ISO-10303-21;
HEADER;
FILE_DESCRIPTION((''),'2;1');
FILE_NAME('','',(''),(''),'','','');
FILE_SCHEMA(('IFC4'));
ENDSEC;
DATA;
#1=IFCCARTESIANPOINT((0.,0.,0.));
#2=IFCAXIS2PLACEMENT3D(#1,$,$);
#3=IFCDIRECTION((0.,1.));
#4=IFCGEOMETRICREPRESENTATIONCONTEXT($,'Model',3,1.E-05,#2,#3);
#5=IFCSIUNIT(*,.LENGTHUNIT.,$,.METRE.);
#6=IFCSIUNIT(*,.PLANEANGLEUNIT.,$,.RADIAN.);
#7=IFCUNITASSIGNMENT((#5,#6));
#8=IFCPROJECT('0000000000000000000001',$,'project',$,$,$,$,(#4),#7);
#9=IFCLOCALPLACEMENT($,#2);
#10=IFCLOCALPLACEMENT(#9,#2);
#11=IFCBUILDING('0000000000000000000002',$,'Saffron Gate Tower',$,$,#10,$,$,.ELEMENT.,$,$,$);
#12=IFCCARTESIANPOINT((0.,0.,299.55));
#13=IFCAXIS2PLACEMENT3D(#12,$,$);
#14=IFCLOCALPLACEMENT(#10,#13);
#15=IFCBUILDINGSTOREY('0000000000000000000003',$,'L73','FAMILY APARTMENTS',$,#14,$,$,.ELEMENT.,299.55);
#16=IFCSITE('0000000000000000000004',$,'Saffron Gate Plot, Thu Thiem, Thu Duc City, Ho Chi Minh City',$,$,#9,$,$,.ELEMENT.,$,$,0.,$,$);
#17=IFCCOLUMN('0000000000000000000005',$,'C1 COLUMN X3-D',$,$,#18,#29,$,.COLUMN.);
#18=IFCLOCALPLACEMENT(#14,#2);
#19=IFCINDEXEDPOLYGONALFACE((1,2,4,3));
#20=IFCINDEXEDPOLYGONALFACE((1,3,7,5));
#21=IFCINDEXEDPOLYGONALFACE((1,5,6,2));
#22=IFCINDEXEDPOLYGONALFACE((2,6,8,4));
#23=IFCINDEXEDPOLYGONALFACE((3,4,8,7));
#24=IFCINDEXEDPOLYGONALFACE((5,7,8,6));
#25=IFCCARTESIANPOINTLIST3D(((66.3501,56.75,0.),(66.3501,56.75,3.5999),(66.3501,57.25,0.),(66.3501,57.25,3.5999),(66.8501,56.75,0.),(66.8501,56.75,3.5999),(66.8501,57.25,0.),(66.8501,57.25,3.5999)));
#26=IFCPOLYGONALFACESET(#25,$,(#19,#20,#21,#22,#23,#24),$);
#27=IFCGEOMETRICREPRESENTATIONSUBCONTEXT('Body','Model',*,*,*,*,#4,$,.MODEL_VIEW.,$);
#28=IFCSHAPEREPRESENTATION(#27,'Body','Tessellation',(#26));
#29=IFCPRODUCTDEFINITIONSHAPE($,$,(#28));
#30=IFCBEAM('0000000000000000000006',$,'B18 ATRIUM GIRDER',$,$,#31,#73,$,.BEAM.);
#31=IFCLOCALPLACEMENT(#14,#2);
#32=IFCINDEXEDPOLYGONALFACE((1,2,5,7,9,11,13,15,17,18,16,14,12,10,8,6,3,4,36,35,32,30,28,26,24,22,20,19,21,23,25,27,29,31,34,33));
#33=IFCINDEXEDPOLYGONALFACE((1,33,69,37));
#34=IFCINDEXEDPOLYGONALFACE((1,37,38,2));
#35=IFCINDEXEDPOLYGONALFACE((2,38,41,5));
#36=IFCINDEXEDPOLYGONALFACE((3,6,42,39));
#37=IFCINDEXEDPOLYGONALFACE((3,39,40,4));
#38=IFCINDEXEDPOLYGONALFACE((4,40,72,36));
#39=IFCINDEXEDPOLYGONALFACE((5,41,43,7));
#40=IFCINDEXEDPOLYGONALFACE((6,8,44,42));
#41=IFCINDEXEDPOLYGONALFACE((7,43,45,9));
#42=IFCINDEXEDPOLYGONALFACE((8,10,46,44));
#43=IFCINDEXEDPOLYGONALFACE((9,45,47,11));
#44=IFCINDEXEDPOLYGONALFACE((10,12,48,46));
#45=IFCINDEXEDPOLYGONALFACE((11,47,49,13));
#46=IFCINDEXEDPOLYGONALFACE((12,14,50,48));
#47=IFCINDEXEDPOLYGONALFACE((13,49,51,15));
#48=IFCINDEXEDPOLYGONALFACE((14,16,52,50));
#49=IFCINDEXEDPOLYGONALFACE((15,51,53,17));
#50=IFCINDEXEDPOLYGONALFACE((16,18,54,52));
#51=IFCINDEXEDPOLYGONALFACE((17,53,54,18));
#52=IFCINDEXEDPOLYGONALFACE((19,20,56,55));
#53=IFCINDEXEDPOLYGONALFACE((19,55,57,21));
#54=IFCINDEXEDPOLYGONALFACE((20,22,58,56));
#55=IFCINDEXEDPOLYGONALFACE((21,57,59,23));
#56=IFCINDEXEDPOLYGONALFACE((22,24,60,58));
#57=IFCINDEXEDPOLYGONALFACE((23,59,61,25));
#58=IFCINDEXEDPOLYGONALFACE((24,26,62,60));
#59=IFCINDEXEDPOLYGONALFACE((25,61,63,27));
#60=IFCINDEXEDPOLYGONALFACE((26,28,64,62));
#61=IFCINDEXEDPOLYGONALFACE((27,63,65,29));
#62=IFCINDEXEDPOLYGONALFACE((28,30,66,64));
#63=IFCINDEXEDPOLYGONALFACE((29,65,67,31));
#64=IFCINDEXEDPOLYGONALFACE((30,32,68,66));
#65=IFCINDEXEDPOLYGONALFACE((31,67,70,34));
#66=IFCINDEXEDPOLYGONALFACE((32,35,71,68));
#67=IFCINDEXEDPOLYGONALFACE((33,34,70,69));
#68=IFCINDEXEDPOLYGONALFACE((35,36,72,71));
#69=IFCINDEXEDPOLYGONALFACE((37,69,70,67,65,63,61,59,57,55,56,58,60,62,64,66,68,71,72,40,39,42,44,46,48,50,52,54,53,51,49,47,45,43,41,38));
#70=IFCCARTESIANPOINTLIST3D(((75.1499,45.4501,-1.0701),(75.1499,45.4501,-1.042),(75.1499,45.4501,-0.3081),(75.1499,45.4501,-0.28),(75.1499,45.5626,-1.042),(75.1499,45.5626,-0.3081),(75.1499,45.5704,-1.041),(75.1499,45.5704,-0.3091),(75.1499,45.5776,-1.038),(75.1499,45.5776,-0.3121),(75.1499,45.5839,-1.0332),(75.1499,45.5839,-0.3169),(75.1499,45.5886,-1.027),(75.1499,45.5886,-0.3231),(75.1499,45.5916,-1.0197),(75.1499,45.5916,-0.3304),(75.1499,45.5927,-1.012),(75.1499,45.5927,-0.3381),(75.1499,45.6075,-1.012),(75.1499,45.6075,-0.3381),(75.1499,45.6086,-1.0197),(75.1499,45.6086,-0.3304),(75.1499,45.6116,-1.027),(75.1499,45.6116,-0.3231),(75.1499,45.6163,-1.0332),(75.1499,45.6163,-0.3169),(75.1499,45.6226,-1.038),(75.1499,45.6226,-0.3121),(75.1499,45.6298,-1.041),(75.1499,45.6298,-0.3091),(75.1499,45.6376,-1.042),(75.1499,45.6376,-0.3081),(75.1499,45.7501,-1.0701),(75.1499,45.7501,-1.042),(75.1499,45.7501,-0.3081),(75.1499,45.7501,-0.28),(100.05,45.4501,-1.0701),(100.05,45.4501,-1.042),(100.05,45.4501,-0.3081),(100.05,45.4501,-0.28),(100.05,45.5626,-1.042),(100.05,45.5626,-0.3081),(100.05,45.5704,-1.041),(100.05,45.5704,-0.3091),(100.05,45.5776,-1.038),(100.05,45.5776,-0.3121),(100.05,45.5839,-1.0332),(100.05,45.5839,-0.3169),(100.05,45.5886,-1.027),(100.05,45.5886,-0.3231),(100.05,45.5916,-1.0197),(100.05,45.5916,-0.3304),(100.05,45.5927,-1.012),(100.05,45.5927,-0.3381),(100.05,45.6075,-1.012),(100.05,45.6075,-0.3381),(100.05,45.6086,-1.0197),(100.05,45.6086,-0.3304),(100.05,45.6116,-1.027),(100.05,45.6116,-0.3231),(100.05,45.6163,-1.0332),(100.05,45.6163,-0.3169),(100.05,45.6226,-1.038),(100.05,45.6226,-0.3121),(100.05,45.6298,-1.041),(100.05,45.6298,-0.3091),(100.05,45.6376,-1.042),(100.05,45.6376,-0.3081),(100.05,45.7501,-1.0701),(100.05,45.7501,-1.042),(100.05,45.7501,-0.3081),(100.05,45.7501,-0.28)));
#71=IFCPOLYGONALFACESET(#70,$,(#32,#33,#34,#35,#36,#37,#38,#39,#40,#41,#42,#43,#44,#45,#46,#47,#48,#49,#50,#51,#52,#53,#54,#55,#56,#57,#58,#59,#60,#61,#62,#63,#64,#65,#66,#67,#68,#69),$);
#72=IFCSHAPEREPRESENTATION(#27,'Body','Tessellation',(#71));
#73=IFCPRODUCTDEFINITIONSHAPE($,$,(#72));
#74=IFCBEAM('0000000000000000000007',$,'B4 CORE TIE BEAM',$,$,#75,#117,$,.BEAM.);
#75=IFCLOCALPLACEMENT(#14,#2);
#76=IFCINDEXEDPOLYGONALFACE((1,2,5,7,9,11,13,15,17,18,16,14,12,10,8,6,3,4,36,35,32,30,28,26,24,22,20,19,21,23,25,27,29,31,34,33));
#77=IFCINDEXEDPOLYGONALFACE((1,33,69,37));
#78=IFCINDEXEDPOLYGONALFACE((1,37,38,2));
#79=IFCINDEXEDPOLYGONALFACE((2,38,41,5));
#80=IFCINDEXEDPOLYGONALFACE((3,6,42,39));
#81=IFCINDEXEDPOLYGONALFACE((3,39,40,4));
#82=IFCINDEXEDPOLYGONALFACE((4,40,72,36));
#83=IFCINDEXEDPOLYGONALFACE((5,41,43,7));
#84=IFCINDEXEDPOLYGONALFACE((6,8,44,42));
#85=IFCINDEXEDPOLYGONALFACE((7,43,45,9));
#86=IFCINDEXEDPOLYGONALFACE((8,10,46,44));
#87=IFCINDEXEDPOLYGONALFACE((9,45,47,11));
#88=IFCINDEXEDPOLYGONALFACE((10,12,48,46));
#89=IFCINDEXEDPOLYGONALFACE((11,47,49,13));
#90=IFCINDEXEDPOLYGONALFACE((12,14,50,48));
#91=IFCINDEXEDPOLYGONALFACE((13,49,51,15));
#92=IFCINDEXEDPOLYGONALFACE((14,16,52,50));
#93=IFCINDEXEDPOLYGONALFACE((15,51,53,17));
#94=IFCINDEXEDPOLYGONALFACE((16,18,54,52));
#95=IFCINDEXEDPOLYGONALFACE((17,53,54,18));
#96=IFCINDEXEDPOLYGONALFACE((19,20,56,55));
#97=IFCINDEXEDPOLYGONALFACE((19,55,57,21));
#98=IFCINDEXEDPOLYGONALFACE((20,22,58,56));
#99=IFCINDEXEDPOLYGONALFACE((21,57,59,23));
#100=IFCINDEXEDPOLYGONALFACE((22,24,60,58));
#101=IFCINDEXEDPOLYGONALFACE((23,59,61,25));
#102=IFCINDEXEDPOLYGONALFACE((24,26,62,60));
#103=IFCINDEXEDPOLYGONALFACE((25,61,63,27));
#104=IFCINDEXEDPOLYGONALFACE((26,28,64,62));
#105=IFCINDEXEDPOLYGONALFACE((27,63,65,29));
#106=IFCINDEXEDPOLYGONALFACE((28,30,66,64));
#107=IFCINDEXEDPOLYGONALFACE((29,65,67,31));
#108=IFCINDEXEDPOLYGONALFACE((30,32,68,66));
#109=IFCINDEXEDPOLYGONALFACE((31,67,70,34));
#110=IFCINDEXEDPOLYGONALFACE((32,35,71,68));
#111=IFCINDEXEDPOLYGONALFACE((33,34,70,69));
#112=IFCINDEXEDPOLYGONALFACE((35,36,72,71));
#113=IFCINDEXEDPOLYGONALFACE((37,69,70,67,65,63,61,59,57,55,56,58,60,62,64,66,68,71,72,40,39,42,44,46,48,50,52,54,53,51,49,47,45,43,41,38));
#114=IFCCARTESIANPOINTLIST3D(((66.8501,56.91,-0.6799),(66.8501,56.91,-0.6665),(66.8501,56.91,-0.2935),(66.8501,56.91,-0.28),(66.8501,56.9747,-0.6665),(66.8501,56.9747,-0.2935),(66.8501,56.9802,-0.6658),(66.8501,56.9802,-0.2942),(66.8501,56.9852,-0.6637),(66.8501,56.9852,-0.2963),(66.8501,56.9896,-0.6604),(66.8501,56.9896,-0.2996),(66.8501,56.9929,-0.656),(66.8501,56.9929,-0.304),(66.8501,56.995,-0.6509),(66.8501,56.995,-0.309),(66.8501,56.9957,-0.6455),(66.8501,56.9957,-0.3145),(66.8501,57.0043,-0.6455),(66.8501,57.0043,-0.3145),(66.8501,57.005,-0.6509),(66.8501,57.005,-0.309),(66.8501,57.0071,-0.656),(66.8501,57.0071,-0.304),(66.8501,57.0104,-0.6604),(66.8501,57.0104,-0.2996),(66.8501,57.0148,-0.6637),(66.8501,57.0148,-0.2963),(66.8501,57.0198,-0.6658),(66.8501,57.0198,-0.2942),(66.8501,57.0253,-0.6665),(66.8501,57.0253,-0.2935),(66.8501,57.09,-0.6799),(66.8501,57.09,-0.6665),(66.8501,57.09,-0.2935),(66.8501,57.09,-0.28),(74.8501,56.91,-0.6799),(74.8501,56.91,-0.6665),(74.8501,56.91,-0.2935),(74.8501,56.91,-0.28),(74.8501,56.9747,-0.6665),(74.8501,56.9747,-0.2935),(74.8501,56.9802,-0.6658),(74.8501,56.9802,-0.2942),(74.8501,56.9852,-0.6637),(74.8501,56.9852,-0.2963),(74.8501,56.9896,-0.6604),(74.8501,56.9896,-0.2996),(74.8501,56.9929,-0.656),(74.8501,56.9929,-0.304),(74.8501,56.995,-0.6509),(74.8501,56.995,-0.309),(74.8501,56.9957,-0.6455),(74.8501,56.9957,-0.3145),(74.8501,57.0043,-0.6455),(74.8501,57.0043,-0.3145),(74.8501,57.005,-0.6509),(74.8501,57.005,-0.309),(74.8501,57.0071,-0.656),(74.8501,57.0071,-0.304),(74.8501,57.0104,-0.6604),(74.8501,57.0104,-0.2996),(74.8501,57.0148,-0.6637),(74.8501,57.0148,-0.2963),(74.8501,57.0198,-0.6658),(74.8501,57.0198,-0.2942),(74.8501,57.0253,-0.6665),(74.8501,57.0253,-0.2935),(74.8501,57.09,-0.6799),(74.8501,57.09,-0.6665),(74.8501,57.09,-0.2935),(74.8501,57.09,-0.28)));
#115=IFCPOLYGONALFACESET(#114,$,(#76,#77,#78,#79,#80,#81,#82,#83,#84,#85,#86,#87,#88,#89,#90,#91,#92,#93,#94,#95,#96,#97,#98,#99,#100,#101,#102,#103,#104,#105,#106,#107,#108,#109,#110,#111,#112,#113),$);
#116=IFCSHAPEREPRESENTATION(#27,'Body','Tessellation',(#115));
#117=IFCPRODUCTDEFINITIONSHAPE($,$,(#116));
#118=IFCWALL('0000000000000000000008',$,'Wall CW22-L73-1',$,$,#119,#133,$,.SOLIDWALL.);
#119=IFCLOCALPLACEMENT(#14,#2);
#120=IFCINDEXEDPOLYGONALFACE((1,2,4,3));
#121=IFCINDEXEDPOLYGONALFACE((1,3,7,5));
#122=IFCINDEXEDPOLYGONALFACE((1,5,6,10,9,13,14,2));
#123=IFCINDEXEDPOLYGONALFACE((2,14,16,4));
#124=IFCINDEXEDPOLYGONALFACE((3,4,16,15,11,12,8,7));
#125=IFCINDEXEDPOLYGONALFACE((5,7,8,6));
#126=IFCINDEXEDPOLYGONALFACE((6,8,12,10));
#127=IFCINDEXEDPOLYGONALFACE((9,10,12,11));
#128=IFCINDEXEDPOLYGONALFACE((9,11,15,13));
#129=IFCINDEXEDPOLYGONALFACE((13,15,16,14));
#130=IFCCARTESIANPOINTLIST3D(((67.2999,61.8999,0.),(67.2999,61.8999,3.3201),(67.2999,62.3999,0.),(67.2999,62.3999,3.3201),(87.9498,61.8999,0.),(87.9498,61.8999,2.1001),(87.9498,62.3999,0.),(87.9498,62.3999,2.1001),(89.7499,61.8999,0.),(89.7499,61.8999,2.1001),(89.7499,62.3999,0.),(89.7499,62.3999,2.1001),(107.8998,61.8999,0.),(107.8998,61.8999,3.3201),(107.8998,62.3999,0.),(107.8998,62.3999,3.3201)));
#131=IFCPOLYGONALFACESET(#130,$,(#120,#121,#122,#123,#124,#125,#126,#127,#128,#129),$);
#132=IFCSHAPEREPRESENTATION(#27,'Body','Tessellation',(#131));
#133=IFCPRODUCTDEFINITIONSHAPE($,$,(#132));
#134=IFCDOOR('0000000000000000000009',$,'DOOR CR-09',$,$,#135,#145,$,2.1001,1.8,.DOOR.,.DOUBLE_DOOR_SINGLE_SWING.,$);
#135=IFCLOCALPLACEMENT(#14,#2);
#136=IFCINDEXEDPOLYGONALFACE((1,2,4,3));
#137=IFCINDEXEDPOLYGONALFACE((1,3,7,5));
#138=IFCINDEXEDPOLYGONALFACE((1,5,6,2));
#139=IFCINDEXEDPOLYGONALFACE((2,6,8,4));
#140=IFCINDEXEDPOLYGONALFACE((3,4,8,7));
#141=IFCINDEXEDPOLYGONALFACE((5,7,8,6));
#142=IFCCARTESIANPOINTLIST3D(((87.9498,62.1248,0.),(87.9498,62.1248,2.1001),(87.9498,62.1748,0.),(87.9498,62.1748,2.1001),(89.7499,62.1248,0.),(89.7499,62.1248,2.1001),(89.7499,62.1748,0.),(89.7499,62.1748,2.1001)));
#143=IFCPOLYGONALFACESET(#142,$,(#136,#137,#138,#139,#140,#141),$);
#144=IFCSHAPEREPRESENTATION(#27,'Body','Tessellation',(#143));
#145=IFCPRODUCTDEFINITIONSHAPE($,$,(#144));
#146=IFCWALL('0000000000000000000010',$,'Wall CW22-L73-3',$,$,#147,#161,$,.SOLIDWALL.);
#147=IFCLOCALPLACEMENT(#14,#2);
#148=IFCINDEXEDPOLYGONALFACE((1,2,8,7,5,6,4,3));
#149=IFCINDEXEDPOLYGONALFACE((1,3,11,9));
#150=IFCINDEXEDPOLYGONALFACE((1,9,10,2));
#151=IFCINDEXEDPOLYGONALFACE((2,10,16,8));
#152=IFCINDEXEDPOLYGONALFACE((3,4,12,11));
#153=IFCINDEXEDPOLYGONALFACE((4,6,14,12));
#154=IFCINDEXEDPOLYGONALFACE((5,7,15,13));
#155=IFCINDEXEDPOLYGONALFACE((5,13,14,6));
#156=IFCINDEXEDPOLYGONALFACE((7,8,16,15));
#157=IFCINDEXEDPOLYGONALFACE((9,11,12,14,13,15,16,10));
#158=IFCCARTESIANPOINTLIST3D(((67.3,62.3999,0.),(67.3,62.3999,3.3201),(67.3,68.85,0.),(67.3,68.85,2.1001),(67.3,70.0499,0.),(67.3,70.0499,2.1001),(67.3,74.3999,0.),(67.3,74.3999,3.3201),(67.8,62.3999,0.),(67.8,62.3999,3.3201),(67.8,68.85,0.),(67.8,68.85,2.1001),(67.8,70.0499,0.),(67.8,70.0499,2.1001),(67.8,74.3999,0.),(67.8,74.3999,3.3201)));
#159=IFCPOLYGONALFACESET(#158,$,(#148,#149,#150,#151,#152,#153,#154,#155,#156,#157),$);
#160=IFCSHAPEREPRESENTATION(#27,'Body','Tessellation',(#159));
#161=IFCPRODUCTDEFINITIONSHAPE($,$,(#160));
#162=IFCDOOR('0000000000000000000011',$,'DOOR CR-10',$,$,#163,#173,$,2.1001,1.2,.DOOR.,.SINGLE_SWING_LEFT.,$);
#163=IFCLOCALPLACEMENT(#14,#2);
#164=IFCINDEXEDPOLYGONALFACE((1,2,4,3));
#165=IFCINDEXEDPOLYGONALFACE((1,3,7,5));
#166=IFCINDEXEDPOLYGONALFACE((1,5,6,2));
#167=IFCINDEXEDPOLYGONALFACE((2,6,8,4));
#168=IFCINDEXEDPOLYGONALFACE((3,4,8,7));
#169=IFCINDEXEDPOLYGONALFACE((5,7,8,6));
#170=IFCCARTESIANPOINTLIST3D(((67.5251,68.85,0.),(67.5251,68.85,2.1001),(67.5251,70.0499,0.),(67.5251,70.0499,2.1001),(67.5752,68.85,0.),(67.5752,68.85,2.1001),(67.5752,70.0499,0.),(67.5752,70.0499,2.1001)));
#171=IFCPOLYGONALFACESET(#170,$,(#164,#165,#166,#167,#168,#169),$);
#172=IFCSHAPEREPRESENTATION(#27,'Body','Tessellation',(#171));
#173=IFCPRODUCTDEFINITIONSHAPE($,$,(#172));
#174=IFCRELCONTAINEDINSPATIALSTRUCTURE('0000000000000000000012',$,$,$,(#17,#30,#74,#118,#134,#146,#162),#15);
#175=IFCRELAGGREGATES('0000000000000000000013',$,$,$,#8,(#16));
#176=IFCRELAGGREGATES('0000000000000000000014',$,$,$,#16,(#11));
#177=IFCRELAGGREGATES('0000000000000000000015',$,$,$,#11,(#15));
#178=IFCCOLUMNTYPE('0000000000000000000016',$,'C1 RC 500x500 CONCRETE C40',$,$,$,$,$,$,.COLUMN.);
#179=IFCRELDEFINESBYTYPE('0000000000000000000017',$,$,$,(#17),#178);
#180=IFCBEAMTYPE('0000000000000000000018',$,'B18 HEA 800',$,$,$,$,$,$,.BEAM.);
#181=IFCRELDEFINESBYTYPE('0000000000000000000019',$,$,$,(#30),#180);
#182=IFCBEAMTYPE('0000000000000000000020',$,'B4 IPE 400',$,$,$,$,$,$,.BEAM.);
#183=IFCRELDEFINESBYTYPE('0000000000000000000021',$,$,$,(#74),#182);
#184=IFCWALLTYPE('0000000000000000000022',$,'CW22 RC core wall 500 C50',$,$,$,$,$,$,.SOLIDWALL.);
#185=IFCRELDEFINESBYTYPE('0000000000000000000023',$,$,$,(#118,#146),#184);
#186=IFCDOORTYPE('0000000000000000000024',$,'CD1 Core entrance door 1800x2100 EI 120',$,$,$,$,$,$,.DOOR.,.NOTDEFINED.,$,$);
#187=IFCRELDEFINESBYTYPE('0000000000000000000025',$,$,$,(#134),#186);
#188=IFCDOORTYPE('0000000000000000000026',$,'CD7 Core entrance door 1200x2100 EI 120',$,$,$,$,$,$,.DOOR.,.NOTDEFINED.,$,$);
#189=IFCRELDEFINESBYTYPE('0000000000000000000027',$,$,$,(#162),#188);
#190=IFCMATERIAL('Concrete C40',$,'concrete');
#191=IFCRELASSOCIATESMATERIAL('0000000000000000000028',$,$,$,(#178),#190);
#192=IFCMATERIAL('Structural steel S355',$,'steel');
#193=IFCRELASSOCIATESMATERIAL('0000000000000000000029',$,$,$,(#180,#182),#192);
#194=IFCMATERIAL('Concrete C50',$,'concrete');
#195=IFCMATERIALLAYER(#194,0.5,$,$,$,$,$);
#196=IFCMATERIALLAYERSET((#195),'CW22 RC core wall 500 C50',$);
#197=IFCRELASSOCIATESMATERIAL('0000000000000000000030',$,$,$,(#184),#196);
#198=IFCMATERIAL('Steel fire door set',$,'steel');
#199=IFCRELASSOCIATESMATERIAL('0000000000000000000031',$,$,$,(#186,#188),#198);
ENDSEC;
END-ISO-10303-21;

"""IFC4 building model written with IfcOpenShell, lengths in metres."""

from ifc_helpers import new_model, si_unit, direction, frame, frame_2d, origin, origin_2d, place, context, subcontext, project, spatial, rectangle, i_section, extrude, material, layer, layer_set, material_profile, profile_set, type_object, element, fill, save


model = new_model("IFC4")

# Units and contexts
model_context = context("Model", 3, precision=1e-05, world=origin(), true_north=direction((0.0, 1.0)))
body_context = subcontext(model_context, "Body", "Model", "MODEL_VIEW")
ifc_project = project(units=[si_unit("LENGTHUNIT", "METRE"), si_unit("PLANEANGLEUNIT", "RADIAN")], contexts=[model_context])

# Site, building, storey
site_placement = place(None, origin())
site = spatial("IfcSite", under=ifc_project, at=site_placement, Name="Saffron Gate Plot, Thu Thiem, Thu Duc City, Ho Chi Minh City", CompositionType="ELEMENT", RefElevation=0.0)
building_placement = place(site_placement, origin())
building = spatial("IfcBuilding", under=site, at=building_placement, Name="Saffron Gate Tower", CompositionType="ELEMENT")
storey_placement = place(building_placement, frame((0.0, 0.0, 299.55)))
storey = spatial("IfcBuildingStorey", under=building, at=storey_placement, Name="L73", Description="FAMILY APARTMENTS", CompositionType="ELEMENT", Elevation=299.55)

# Column
ifc_material_1 = material(Name="Concrete C40", Category="concrete")
ifc_material_profile_1 = material_profile(ifc_material_1, rectangle(XDim=0.5, YDim=0.5, at=origin_2d()))
ifc_profile_set_1 = profile_set([ifc_material_profile_1], Name="Concrete C40")
column_type = type_object("IfcColumnType", Name="C1 RC 500x500 CONCRETE C40", PredefinedType="COLUMN", material=ifc_profile_set_1)
column_placement = place(storey_placement, frame((66.6001, 57.0, 0.0), z_axis=(0.0, 0.0, 1.0), x_axis=(1.0, 0.0, 0.0)))
element("IfcColumn", 1, at=column_placement, inside=storey, type_object=column_type, Name="C1 COLUMN X3-D", PredefinedType="COLUMN", context=body_context, shape_type="SweptSolid", body=[
    extrude(rectangle(XDim=0.5, YDim=0.5, at=origin_2d()), origin(), (0.0, 0.0, 1.0), 3.5999),
])

# Beams
ifc_material_2 = material(Name="Structural steel S355", Category="steel")
ifc_material_profile_2 = material_profile(ifc_material_2, i_section(OverallWidth=0.3, OverallDepth=0.79, WebThickness=0.0149, FlangeThickness=0.0281, FilletRadius=0.03, at=origin_2d()))
ifc_profile_set_2 = profile_set([ifc_material_profile_2], Name="Structural steel S355")
beam_type_1 = type_object("IfcBeamType", Name="B18 HEA 800", PredefinedType="BEAM", material=ifc_profile_set_2)
beam_1_placement = place(storey_placement, frame((75.1499, 45.6001, -0.675), z_axis=(1.0, 0.0, 0.0), x_axis=(0.0, 1.0, 0.0)))
element("IfcBeam", 2, at=beam_1_placement, inside=storey, type_object=beam_type_1, Name="B18 ATRIUM GIRDER", PredefinedType="BEAM", context=body_context, shape_type="SweptSolid", body=[
    extrude(i_section(OverallWidth=0.3, OverallDepth=0.79, WebThickness=0.0149, FlangeThickness=0.0281, FilletRadius=0.03, at=origin_2d()), origin(), (0.0, 0.0, 1.0), 24.9001),
])
ifc_material_profile_3 = material_profile(ifc_material_2, i_section(OverallWidth=0.1799, OverallDepth=0.3999, WebThickness=0.0085, FlangeThickness=0.0134, FilletRadius=0.021, at=origin_2d()))
ifc_profile_set_3 = profile_set([ifc_material_profile_3], Name="Structural steel S355")
beam_type_2 = type_object("IfcBeamType", Name="B4 IPE 400", PredefinedType="BEAM", material=ifc_profile_set_3)
beam_2_placement = place(storey_placement, frame((66.8501, 57.0, -0.48), z_axis=(1.0, 0.0, 0.0), x_axis=(0.0, 1.0, 0.0)))
element("IfcBeam", 3, at=beam_2_placement, inside=storey, type_object=beam_type_2, Name="B4 CORE TIE BEAM", PredefinedType="BEAM", context=body_context, shape_type="SweptSolid", body=[
    extrude(i_section(OverallWidth=0.1799, OverallDepth=0.3999, WebThickness=0.0085, FlangeThickness=0.0134, FilletRadius=0.021, at=origin_2d()), origin(), (0.0, 0.0, 1.0), 8.0),
])

# Walls, openings, doors
ifc_material_3 = material(Name="Concrete C50", Category="concrete")
ifc_layer_1 = layer(ifc_material_3, 0.5)
ifc_layer_set_1 = layer_set([ifc_layer_1], Name="CW22 RC core wall 500 C50")
wall_type_1 = type_object("IfcWallType", Name="CW22 RC core wall 500 C50", PredefinedType="SOLIDWALL", material=ifc_layer_set_1)
wall_1_placement = place(storey_placement, frame((67.3, 62.1499, 0.0), z_axis=(0.0, 0.0, 1.0), x_axis=(1.0, 0.0, 0.0)))
wall_1 = element("IfcWall", 4, at=wall_1_placement, inside=storey, type_object=wall_type_1, Name="Wall CW22-L73-1", PredefinedType="SOLIDWALL", context=body_context, shape_type="SweptSolid", body=[
    extrude(rectangle(XDim=40.5999, YDim=0.5, at=frame_2d((20.2998, 0.0))), origin(), (0.0, 0.0, 1.0), 3.3201),
])
opening_1_placement = place(wall_1_placement, frame((20.6499, 0.0, 0.0)))
opening_1 = element("IfcOpeningElement", 5, at=opening_1_placement, cuts=wall_1, PredefinedType="OPENING", context=body_context, shape_type="SweptSolid", body=[
    extrude(rectangle(XDim=1.8, YDim=2.1001, at=frame_2d((0.8999, 1.05))), frame((0.0, 0.26, 0.0), z_axis=(0.0, -1.0, 0.0), x_axis=(1.0, 0.0, 0.0)), (0.0, 0.0, 1.0), 0.52),
])
ifc_material_4 = material(Name="Steel fire door set", Category="steel")
door_type_1 = type_object("IfcDoorType", Name="CD1 Core entrance door 1800x2100 EI 120", OperationType="NOTDEFINED", PredefinedType="DOOR", material=ifc_material_4)
door_1_placement = place(opening_1_placement, origin())
door_1 = element("IfcDoor", 6, at=door_1_placement, inside=storey, type_object=door_type_1, Name="DOOR CR-09", OperationType="DOUBLE_DOOR_SINGLE_SWING", OverallHeight=2.1001, OverallWidth=1.8, PredefinedType="DOOR", context=body_context, shape_type="SweptSolid", body=[
    extrude(rectangle(XDim=1.8, YDim=2.1001, at=frame_2d((0.8999, 1.05))), frame((0.0, 0.0249, 0.0), z_axis=(0.0, -1.0, 0.0), x_axis=(1.0, 0.0, 0.0)), (0.0, 0.0, 1.0), 0.05),
])
fill(opening_1, door_1)
wall_2_placement = place(storey_placement, frame((67.55, 62.3999, 0.0), z_axis=(0.0, 0.0, 1.0), x_axis=(0.0, 1.0, 0.0)))
wall_2 = element("IfcWall", 7, at=wall_2_placement, inside=storey, type_object=wall_type_1, Name="Wall CW22-L73-3", PredefinedType="SOLIDWALL", context=body_context, shape_type="SweptSolid", body=[
    extrude(rectangle(XDim=12.0, YDim=0.5, at=frame_2d((6.0, 0.0))), origin(), (0.0, 0.0, 1.0), 3.3201),
])
opening_2_placement = place(wall_2_placement, frame((6.45, 0.0, 0.0)))
opening_2 = element("IfcOpeningElement", 8, at=opening_2_placement, cuts=wall_2, PredefinedType="OPENING", context=body_context, shape_type="SweptSolid", body=[
    extrude(rectangle(XDim=1.2, YDim=2.1001, at=frame_2d((0.6001, 1.05))), frame((0.0, 0.26, 0.0), z_axis=(0.0, -1.0, 0.0), x_axis=(1.0, 0.0, 0.0)), (0.0, 0.0, 1.0), 0.52),
])
door_type_2 = type_object("IfcDoorType", Name="CD7 Core entrance door 1200x2100 EI 120", OperationType="NOTDEFINED", PredefinedType="DOOR", material=ifc_material_4)
door_2_placement = place(opening_2_placement, origin())
door_2 = element("IfcDoor", 9, at=door_2_placement, inside=storey, type_object=door_type_2, Name="DOOR CR-10", OperationType="SINGLE_SWING_LEFT", OverallHeight=2.1001, OverallWidth=1.2, PredefinedType="DOOR", context=body_context, shape_type="SweptSolid", body=[
    extrude(rectangle(XDim=1.2, YDim=2.1001, at=frame_2d((0.6001, 1.05))), frame((0.0, 0.0249, 0.0), z_axis=(0.0, -1.0, 0.0), x_axis=(1.0, 0.0, 0.0)), (0.0, 0.0, 1.0), 0.05),
])
fill(opening_2, door_2)

save(model, "model.ifc")
